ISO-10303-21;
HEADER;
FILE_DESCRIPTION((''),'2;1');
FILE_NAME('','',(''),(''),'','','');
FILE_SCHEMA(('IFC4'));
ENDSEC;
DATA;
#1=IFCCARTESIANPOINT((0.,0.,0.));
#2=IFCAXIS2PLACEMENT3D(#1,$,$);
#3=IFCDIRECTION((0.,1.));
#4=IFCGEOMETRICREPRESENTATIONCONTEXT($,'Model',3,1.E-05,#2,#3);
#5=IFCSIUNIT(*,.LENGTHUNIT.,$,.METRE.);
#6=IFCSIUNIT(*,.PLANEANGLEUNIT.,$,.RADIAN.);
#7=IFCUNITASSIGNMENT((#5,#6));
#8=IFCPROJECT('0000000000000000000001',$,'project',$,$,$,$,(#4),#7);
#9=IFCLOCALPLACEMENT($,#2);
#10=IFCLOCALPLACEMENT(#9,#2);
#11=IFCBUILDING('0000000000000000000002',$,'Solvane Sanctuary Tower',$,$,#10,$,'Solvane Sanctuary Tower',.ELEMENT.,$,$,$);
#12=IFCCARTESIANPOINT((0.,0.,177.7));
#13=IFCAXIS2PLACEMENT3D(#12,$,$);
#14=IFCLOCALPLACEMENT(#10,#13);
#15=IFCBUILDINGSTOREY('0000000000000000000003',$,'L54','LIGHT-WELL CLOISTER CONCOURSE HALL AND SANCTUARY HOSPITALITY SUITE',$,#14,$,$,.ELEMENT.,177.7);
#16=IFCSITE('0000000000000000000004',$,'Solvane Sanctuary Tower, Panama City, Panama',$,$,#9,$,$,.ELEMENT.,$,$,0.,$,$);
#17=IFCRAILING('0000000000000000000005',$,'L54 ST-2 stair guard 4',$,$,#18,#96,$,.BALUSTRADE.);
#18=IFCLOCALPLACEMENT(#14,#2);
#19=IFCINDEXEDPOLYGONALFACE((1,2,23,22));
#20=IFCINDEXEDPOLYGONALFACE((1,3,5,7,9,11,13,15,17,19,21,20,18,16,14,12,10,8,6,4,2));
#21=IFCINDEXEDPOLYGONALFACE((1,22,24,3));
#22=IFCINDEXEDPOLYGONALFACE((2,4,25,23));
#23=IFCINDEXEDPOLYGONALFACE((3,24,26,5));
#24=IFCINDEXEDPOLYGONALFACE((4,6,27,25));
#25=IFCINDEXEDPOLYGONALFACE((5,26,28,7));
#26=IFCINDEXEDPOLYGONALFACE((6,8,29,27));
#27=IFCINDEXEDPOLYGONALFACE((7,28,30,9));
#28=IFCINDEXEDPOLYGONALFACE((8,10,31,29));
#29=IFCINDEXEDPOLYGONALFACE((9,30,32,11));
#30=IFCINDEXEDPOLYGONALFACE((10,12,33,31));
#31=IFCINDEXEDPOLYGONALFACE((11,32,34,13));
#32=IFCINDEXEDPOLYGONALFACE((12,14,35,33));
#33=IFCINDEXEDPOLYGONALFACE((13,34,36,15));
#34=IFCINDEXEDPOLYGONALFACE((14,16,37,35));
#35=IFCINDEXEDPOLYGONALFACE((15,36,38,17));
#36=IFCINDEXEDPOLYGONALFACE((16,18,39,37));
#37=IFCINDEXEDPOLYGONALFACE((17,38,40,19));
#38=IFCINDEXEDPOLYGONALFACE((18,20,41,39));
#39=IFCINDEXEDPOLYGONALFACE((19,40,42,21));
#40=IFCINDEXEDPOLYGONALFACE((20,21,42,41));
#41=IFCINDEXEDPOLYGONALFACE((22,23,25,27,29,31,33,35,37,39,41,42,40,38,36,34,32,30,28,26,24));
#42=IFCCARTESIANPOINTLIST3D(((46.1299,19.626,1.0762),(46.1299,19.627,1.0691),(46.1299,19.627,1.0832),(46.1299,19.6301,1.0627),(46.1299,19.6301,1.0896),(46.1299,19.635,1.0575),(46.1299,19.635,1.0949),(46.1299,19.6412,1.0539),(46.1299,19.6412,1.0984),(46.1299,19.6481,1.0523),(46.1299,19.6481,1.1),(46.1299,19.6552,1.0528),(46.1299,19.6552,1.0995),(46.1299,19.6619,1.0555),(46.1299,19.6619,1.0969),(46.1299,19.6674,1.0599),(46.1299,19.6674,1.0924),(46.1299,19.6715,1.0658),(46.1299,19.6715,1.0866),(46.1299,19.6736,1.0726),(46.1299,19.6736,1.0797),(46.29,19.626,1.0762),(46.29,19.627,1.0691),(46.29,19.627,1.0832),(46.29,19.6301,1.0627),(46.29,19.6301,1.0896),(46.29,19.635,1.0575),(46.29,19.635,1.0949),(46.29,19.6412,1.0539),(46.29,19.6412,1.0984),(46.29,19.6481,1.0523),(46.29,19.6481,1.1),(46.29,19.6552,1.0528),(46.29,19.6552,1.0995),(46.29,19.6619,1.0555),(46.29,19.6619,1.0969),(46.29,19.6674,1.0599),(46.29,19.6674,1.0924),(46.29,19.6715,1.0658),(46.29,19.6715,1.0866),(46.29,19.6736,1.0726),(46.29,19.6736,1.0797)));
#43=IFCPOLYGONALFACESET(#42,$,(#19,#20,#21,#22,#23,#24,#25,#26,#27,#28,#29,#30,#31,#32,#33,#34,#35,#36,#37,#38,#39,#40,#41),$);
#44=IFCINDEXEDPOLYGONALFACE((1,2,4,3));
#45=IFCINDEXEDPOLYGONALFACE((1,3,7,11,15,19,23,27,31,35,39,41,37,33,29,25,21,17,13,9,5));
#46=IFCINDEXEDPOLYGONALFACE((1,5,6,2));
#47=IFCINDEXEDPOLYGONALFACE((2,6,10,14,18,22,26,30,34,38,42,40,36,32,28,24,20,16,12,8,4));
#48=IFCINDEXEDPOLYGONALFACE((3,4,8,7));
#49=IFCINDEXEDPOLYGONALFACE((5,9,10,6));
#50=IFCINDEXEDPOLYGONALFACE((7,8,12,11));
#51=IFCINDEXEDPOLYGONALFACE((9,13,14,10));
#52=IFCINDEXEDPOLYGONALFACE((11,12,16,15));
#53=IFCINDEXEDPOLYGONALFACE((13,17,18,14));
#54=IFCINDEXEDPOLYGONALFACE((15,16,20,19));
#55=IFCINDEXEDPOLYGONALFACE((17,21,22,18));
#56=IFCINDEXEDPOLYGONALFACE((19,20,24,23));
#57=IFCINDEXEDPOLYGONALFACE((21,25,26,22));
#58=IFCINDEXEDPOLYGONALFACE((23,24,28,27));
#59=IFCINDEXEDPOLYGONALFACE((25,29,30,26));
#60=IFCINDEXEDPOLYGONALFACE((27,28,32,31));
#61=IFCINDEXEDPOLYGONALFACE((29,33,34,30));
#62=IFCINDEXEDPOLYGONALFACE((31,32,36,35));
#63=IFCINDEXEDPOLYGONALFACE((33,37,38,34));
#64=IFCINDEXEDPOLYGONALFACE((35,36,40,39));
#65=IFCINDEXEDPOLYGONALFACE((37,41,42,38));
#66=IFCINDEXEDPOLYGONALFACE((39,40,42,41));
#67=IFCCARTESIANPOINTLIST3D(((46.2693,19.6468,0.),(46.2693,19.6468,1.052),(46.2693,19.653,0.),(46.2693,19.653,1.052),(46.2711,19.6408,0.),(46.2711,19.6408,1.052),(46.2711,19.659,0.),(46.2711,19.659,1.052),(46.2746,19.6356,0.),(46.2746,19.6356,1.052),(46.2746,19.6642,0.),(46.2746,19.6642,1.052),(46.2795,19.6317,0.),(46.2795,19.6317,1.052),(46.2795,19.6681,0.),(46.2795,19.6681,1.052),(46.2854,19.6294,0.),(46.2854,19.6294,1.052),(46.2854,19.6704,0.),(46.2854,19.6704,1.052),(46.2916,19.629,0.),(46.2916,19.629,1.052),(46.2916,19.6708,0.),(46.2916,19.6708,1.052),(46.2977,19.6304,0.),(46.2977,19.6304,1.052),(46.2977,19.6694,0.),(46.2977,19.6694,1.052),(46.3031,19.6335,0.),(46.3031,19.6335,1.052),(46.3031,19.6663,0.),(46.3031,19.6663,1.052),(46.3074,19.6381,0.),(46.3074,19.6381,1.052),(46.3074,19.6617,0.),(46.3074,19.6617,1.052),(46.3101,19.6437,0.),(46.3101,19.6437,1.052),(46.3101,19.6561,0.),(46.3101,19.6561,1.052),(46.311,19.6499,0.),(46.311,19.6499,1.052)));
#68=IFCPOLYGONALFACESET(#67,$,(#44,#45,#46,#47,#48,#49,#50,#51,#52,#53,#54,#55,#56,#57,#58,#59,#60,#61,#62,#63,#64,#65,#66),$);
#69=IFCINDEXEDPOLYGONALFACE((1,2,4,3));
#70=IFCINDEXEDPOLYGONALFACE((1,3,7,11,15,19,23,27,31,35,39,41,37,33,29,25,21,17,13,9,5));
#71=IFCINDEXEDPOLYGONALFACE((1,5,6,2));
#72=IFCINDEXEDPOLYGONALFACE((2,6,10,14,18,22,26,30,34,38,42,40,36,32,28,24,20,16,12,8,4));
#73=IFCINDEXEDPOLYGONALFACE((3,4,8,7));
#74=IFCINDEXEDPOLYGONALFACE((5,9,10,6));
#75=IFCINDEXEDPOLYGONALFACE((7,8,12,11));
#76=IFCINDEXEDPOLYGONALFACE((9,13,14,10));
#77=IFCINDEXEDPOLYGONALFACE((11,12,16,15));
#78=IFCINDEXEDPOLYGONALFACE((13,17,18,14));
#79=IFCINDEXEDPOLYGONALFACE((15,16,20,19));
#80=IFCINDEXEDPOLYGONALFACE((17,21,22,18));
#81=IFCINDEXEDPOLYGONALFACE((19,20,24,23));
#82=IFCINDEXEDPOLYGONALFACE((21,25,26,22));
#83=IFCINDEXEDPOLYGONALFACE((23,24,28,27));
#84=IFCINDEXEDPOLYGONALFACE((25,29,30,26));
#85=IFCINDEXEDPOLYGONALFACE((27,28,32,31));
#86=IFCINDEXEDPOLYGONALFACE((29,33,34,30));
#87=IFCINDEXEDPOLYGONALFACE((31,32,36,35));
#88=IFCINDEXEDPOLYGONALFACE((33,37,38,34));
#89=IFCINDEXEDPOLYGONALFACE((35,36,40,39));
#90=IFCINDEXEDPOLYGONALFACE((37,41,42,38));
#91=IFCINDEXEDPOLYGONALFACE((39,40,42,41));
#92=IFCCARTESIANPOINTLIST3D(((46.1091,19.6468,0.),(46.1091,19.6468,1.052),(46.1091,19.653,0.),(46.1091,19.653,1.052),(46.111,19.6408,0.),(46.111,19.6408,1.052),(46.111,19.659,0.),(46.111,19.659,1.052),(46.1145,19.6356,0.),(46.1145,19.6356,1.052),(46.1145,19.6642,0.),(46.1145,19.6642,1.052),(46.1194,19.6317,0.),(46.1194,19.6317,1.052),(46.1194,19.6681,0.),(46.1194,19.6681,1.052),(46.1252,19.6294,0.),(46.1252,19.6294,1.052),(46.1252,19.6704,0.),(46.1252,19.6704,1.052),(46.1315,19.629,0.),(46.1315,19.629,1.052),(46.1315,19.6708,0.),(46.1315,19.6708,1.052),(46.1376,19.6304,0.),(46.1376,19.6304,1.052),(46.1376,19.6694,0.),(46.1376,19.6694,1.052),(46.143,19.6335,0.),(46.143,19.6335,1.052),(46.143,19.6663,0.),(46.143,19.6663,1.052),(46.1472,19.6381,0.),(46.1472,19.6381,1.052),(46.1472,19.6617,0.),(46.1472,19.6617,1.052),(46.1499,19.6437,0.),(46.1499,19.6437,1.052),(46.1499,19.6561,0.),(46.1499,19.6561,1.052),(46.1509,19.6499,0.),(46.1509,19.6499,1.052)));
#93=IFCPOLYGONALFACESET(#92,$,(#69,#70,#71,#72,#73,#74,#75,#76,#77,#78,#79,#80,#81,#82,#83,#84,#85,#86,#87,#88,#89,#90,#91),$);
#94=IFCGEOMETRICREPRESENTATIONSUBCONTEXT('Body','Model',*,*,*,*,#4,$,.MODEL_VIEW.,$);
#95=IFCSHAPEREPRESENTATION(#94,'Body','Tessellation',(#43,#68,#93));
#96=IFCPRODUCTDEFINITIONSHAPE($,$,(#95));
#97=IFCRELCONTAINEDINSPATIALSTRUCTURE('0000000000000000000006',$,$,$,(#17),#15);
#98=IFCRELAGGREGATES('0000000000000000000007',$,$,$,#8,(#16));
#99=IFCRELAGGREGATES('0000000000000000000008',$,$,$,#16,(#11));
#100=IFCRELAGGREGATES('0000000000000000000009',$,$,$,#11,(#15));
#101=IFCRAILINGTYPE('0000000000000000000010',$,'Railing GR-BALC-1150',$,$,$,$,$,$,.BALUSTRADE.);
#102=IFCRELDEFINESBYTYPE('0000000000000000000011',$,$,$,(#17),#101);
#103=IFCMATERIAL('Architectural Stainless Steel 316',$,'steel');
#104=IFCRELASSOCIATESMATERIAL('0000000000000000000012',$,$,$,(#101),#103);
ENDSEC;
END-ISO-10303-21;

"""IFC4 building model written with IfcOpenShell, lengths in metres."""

from ifc_helpers import new_model, si_unit, direction, frame, origin, origin_2d, place, context, subcontext, project, spatial, circle, extrude, material, type_object, element, save


model = new_model("IFC4")

# Units and contexts
model_context = context("Model", 3, precision=1e-05, world=origin(), true_north=direction((0.0, 1.0)))
body_context = subcontext(model_context, "Body", "Model", "MODEL_VIEW")
ifc_project = project(units=[si_unit("LENGTHUNIT", "METRE"), si_unit("PLANEANGLEUNIT", "RADIAN")], contexts=[model_context])

# Site, building, storey
site_placement = place(None, origin())
site = spatial("IfcSite", under=ifc_project, at=site_placement, Name="Solvane Sanctuary Tower, Panama City, Panama", CompositionType="ELEMENT", RefElevation=0.0)
building_placement = place(site_placement, origin())
building = spatial("IfcBuilding", under=site, at=building_placement, Name="Solvane Sanctuary Tower", LongName="Solvane Sanctuary Tower", CompositionType="ELEMENT")
storey_placement = place(building_placement, frame((0.0, 0.0, 177.7)))
storey = spatial("IfcBuildingStorey", under=building, at=storey_placement, Name="L54", Description="LIGHT-WELL CLOISTER CONCOURSE HALL AND SANCTUARY HOSPITALITY SUITE", CompositionType="ELEMENT", Elevation=177.7)

# Shared definitions
ifc_material_1 = material(Name="Architectural Stainless Steel 316", Category="steel")

# Railing
railing_type_1 = type_object("IfcRailingType", Name="Railing GR-BALC-1150", PredefinedType="BALUSTRADE", material=ifc_material_1)
railing_1_placement = place(storey_placement, frame((46.29, 19.6499, 0.0)))
element("IfcRailing", 1, at=railing_1_placement, inside=storey, type_object=railing_type_1, Name="L54 ST-2 stair guard 4", PredefinedType="BALUSTRADE", context=body_context, shape_type="SweptSolid", body=[
    extrude(circle(Radius=0.0239, at=origin_2d()), frame((0.0, 0.0, 1.0762), z_axis=(-1.0, 0.0, 0.0), x_axis=(0.0, -1.0, 0.0)), (0.0, 0.0, 1.0), 0.1602),
    extrude(circle(Radius=0.021, at=origin_2d()), origin(), (0.0, 0.0, 1.0), 1.052),
    extrude(circle(Radius=0.021, at=origin_2d()), frame((-0.1602, 0.0, 0.0)), (0.0, 0.0, 1.0), 1.052),
])

save(model, "model.ifc")
